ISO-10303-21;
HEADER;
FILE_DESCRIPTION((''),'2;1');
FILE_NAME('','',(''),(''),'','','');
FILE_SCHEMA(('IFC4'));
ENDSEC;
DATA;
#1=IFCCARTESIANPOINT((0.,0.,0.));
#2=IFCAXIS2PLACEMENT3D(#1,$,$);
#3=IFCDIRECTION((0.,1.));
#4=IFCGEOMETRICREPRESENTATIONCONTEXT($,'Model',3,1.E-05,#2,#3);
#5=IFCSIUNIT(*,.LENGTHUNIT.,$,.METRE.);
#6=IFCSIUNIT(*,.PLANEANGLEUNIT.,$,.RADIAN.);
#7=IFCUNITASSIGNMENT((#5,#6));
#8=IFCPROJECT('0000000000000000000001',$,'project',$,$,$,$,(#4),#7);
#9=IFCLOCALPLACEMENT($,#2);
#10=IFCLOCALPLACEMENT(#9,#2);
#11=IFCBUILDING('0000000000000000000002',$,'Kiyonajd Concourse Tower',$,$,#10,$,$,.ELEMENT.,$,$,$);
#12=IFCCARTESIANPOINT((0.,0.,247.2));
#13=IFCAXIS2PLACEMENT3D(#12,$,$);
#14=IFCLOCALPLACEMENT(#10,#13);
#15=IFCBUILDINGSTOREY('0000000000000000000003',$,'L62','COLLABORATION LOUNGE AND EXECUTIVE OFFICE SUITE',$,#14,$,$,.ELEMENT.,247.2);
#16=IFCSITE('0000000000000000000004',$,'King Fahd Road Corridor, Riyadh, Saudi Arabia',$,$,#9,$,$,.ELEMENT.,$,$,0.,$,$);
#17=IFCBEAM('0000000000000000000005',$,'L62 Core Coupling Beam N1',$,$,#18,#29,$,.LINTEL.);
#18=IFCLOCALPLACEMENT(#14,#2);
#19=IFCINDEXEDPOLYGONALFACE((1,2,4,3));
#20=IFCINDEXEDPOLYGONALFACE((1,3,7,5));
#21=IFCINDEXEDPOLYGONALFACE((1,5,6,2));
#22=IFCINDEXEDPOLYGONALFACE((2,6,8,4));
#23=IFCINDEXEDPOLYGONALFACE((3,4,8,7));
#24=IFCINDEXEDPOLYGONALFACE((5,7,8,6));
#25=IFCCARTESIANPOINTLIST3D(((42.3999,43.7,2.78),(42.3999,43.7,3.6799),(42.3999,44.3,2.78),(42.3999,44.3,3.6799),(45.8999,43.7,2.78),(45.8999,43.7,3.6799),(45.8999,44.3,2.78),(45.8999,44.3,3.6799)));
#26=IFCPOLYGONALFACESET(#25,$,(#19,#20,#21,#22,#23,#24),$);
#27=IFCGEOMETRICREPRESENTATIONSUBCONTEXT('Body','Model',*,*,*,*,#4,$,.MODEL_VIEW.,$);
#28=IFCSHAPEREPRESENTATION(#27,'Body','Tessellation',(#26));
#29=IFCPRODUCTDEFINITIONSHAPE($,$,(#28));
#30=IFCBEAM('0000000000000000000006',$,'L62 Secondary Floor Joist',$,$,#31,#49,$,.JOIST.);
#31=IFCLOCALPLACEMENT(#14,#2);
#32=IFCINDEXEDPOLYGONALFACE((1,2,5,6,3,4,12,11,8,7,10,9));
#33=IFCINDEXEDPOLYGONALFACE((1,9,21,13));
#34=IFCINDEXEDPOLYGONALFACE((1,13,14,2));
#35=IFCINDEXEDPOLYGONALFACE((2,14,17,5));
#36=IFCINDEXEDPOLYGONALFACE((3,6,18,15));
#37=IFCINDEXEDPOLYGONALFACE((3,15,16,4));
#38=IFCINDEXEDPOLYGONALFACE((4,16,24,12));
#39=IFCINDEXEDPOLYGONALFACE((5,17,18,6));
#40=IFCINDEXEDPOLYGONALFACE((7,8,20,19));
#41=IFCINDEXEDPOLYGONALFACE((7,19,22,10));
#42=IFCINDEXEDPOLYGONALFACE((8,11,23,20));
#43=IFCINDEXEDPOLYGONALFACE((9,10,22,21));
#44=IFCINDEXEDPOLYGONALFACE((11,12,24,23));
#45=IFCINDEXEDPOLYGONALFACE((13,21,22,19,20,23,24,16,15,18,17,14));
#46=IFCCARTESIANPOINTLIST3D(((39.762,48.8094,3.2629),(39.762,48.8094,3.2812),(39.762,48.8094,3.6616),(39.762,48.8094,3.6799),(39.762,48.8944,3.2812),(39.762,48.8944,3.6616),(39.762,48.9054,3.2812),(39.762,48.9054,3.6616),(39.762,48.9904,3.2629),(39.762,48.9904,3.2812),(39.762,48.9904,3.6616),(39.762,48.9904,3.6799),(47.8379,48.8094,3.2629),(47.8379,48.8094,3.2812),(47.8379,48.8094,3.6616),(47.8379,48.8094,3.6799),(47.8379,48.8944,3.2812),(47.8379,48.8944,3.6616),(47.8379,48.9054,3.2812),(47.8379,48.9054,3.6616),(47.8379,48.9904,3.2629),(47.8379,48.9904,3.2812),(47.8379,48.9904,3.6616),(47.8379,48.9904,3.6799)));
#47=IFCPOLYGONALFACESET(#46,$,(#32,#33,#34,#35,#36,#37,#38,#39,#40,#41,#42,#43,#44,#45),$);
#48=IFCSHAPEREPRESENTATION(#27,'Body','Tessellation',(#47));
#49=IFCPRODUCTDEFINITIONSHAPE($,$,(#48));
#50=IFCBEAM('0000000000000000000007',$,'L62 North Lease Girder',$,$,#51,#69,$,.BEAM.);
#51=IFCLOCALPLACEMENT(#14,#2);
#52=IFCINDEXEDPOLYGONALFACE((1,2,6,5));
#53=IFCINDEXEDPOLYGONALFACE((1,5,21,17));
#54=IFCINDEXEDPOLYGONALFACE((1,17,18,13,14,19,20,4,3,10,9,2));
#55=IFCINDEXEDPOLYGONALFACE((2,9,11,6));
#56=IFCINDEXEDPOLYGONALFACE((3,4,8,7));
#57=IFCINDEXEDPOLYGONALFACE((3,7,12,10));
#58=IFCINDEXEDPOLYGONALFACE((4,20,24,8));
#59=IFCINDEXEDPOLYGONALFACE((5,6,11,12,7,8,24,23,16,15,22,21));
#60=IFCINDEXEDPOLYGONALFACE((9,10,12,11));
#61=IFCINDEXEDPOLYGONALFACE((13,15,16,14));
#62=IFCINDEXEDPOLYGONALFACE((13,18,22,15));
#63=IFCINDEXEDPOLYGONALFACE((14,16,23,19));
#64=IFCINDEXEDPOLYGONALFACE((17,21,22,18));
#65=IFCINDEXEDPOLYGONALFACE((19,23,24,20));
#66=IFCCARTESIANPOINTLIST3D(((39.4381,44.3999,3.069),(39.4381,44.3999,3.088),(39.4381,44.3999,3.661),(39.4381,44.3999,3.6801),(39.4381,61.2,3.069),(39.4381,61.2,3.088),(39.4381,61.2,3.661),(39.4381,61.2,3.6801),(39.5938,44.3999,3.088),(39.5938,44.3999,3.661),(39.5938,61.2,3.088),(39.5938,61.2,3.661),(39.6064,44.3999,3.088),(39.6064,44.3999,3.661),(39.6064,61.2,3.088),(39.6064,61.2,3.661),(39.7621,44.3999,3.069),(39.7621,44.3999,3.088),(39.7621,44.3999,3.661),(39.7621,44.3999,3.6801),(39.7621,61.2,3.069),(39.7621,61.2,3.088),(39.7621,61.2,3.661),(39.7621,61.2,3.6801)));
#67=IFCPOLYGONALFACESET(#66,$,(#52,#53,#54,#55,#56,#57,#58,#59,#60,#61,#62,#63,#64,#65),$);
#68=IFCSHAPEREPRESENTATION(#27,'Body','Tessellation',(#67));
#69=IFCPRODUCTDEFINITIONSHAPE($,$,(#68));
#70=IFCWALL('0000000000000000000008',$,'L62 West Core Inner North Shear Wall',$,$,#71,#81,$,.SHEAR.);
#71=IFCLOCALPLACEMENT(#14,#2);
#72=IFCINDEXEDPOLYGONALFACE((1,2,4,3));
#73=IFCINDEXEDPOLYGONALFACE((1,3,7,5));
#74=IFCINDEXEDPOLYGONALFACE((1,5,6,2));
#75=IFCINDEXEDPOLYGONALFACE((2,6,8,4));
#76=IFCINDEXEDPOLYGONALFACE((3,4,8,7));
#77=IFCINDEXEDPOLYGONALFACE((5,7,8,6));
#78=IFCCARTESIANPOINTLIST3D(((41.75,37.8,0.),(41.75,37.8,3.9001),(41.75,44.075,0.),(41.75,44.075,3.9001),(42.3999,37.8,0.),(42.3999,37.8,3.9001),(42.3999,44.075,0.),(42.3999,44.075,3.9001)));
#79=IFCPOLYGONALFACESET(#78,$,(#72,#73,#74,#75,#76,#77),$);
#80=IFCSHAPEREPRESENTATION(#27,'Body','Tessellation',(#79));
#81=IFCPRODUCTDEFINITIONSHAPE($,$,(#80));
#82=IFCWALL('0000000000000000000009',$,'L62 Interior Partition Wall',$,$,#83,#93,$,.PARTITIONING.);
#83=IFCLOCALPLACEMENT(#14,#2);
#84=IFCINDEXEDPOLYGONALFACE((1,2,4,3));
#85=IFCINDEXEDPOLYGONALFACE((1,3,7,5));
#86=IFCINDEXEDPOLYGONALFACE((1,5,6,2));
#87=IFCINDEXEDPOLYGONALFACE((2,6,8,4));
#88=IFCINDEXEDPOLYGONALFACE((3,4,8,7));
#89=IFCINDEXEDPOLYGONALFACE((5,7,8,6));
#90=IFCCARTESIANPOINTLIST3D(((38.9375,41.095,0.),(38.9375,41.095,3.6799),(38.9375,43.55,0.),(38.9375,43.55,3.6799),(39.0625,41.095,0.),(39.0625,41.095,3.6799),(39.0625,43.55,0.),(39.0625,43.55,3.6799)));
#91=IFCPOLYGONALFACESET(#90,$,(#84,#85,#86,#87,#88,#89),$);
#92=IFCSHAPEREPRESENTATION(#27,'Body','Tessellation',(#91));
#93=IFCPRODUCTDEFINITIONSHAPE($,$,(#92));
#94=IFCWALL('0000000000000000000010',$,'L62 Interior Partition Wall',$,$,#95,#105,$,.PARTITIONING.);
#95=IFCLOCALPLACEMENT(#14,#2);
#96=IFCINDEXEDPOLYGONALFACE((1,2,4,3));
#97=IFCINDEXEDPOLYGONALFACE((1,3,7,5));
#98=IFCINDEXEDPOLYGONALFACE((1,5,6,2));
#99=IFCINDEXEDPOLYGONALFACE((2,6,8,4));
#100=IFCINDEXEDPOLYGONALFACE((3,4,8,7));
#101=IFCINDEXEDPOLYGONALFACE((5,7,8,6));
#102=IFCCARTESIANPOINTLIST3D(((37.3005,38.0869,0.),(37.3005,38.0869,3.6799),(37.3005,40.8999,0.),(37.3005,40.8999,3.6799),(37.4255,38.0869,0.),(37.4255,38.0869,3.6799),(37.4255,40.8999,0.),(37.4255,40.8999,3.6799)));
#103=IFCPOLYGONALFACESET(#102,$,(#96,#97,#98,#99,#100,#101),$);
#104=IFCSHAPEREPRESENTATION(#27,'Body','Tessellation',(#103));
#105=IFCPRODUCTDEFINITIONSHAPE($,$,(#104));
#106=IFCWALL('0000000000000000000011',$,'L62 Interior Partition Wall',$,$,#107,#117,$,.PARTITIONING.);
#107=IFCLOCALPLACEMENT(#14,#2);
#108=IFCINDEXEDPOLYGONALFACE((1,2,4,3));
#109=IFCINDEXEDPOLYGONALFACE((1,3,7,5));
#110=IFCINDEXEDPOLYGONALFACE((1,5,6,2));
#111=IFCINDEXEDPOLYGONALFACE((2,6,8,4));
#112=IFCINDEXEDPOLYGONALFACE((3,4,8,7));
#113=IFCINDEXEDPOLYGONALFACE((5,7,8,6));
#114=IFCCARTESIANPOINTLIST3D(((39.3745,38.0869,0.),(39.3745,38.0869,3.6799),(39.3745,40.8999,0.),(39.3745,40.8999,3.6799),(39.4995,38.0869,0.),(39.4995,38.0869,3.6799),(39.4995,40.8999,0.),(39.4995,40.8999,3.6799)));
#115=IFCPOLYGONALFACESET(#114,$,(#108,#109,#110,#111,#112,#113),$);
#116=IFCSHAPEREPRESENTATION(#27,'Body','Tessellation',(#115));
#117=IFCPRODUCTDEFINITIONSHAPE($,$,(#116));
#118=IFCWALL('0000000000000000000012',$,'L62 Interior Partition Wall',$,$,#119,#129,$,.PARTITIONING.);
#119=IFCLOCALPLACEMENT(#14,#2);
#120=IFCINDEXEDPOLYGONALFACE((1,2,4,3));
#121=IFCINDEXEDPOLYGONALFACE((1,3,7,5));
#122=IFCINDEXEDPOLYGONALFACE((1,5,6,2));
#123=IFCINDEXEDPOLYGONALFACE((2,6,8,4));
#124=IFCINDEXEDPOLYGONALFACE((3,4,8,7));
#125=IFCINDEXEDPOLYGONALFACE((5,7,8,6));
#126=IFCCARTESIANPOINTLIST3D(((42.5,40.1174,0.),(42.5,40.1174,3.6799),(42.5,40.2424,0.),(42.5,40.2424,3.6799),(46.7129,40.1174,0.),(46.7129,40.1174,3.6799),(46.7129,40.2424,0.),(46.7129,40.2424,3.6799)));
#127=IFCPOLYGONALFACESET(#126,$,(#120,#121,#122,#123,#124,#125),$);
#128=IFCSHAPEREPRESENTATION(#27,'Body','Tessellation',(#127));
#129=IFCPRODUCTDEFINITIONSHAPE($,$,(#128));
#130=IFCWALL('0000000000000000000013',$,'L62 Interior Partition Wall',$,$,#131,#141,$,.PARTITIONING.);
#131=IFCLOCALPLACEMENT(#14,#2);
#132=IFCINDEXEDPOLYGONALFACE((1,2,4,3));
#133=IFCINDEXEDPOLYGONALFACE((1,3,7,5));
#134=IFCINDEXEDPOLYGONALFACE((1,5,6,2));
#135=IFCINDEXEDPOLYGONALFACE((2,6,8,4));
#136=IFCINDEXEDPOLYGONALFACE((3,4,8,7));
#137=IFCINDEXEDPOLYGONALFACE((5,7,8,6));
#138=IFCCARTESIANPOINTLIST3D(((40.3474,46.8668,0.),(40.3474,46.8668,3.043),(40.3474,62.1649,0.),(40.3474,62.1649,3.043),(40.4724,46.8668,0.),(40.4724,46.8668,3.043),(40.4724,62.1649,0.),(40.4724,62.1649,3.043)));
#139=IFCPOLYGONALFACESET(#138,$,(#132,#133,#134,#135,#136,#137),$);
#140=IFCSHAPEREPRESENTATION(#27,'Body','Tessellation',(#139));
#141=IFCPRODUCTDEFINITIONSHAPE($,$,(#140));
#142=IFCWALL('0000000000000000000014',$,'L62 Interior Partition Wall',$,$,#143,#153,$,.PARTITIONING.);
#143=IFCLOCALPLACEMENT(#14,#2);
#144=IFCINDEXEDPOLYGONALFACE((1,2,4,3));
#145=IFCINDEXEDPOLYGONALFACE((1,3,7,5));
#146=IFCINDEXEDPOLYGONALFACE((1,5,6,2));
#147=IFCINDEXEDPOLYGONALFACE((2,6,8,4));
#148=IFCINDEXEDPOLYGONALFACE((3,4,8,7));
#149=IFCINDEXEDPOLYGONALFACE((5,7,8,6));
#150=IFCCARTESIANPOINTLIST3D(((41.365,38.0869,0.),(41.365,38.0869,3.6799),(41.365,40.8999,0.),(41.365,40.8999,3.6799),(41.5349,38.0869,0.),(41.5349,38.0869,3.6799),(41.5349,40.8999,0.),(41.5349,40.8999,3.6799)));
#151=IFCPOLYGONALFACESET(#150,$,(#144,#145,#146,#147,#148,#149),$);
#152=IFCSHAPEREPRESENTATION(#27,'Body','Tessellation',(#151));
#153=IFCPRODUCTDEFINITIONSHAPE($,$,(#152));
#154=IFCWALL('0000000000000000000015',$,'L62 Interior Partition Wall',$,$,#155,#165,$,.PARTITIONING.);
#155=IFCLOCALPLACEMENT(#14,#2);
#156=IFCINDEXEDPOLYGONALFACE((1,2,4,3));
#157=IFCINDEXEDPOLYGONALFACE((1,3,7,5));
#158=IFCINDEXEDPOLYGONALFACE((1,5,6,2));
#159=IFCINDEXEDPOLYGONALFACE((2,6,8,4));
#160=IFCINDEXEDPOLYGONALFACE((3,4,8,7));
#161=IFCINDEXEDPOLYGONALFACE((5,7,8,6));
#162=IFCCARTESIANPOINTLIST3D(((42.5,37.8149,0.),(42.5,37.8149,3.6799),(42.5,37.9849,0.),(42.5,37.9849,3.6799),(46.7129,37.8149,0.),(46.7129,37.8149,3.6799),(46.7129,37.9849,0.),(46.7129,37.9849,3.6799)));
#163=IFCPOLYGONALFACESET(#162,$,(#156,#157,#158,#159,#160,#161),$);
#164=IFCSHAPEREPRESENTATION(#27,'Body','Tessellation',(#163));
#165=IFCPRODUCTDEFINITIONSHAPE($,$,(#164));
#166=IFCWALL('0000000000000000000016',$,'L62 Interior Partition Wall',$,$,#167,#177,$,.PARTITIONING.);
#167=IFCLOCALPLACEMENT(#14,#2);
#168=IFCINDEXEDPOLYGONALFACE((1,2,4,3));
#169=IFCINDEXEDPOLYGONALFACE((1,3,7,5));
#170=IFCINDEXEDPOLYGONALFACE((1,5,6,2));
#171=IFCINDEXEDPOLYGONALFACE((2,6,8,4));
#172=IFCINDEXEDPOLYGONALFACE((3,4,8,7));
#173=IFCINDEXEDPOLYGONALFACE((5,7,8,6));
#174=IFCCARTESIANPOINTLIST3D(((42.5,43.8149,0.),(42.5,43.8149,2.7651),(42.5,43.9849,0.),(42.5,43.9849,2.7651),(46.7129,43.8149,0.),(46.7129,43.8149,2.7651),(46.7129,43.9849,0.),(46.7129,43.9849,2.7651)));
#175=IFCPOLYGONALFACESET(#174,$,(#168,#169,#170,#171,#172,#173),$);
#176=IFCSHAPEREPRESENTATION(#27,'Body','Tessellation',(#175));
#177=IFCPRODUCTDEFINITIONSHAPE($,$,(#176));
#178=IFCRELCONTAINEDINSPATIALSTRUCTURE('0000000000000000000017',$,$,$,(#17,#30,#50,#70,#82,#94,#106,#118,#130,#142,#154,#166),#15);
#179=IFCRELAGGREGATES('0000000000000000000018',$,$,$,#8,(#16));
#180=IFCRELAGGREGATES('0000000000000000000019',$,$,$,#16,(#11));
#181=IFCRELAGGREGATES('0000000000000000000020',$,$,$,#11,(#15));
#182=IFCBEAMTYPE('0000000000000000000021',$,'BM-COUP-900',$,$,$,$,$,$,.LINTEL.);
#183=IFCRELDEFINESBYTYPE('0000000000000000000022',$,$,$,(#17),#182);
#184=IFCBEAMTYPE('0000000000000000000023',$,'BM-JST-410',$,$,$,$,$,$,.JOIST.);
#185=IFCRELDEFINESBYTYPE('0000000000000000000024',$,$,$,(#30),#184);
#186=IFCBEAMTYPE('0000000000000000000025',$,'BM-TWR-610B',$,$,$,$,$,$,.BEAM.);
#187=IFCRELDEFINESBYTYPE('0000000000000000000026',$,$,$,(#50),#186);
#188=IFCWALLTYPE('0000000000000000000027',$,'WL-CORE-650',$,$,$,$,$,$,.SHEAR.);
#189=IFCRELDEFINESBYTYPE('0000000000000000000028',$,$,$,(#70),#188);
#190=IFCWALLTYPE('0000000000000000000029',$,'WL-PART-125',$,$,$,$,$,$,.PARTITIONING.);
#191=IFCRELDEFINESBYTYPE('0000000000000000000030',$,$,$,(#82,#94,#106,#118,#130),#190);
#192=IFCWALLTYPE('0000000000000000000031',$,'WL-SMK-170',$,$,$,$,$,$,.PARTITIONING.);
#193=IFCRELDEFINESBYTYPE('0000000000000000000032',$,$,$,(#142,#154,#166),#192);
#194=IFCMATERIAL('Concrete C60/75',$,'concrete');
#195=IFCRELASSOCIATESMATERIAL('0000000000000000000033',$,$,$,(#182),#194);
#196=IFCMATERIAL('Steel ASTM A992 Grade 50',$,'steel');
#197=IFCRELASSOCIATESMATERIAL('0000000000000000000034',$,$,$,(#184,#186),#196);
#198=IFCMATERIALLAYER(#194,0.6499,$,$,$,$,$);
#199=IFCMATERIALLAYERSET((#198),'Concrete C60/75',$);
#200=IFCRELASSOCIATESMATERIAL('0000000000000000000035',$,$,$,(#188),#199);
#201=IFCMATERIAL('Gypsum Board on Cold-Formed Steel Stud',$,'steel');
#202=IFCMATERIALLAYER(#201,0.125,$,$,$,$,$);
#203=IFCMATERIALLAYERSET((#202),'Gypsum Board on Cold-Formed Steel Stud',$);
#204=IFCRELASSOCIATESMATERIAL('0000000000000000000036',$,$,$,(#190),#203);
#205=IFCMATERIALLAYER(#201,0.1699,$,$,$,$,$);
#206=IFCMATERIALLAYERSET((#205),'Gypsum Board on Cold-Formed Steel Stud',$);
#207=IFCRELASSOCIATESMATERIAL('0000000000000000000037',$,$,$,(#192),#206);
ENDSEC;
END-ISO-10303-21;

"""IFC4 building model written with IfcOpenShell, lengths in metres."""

from ifc_helpers import new_model, si_unit, direction, frame, frame_2d, origin, origin_2d, place, context, subcontext, project, spatial, rectangle, i_section, extrude, material, layer, layer_set, material_profile, profile_set, type_object, element, save


model = new_model("IFC4")

# Units and contexts
model_context = context("Model", 3, precision=1e-05, world=origin(), true_north=direction((0.0, 1.0)))
body_context = subcontext(model_context, "Body", "Model", "MODEL_VIEW")
ifc_project = project(units=[si_unit("LENGTHUNIT", "METRE"), si_unit("PLANEANGLEUNIT", "RADIAN")], contexts=[model_context])

# Site, building, storey
site_placement = place(None, origin())
site = spatial("IfcSite", under=ifc_project, at=site_placement, Name="King Fahd Road Corridor, Riyadh, Saudi Arabia", CompositionType="ELEMENT", RefElevation=0.0)
building_placement = place(site_placement, origin())
building = spatial("IfcBuilding", under=site, at=building_placement, Name="Kiyonajd Concourse Tower", CompositionType="ELEMENT")
storey_placement = place(building_placement, frame((0.0, 0.0, 247.2)))
storey = spatial("IfcBuildingStorey", under=building, at=storey_placement, Name="L62", Description="COLLABORATION LOUNGE AND EXECUTIVE OFFICE SUITE", CompositionType="ELEMENT", Elevation=247.2)

# Beams
ifc_material_1 = material(Name="Concrete C60/75", Category="concrete")
ifc_material_profile_1 = material_profile(ifc_material_1, rectangle(XDim=0.6001, YDim=0.8999, at=origin_2d()), Name="RCBM-600x900")
ifc_profile_set_1 = profile_set([ifc_material_profile_1], Name="Concrete C60/75")
beam_type_1 = type_object("IfcBeamType", Name="BM-COUP-900", PredefinedType="LINTEL", material=ifc_profile_set_1)
beam_1_placement = place(storey_placement, frame((42.3999, 44.0, 3.23), z_axis=(1.0, 0.0, 0.0), x_axis=(0.0, 1.0, 0.0)))
element("IfcBeam", 1, at=beam_1_placement, inside=storey, type_object=beam_type_1, Name="L62 Core Coupling Beam N1", PredefinedType="LINTEL", context=body_context, shape_type="SweptSolid", body=[
    extrude(rectangle(XDim=0.6001, YDim=0.8999, at=origin_2d()), origin(), (0.0, 0.0, 1.0), 3.5),
])
ifc_material_2 = material(Name="Steel ASTM A992 Grade 50", Category="steel")
ifc_material_profile_2 = material_profile(ifc_material_2, i_section(OverallWidth=0.1809, OverallDepth=0.417, WebThickness=0.011, FlangeThickness=0.0183, at=origin_2d()), Name="W410X85")
ifc_profile_set_2 = profile_set([ifc_material_profile_2], Name="Steel ASTM A992 Grade 50")
beam_type_2 = type_object("IfcBeamType", Name="BM-JST-410", PredefinedType="JOIST", material=ifc_profile_set_2)
beam_2_placement = place(storey_placement, frame((39.762, 48.8999, 3.4714), z_axis=(1.0, 0.0, 0.0), x_axis=(0.0, 1.0, 0.0)))
element("IfcBeam", 2, at=beam_2_placement, inside=storey, type_object=beam_type_2, Name="L62 Secondary Floor Joist", PredefinedType="JOIST", context=body_context, shape_type="SweptSolid", body=[
    extrude(i_section(OverallWidth=0.1809, OverallDepth=0.417, WebThickness=0.011, FlangeThickness=0.0183, at=origin_2d()), origin(), (0.0, 0.0, 1.0), 8.0759),
])
ifc_material_profile_3 = material_profile(ifc_material_2, i_section(OverallWidth=0.324, OverallDepth=0.6111, WebThickness=0.0127, FlangeThickness=0.019, at=origin_2d()), Name="W610X155")
ifc_profile_set_3 = profile_set([ifc_material_profile_3], Name="Steel ASTM A992 Grade 50")
beam_type_3 = type_object("IfcBeamType", Name="BM-TWR-610B", PredefinedType="BEAM", material=ifc_profile_set_3)
beam_3_placement = place(storey_placement, frame((39.6001, 44.3999, 3.3745), z_axis=(0.0, 1.0, 0.0), x_axis=(-1.0, 0.0, 0.0)))
element("IfcBeam", 3, at=beam_3_placement, inside=storey, type_object=beam_type_3, Name="L62 North Lease Girder", PredefinedType="BEAM", context=body_context, shape_type="SweptSolid", body=[
    extrude(i_section(OverallWidth=0.324, OverallDepth=0.6111, WebThickness=0.0127, FlangeThickness=0.019, at=origin_2d()), origin(), (0.0, 0.0, 1.0), 16.8),
])

# Walls
ifc_layer_1 = layer(ifc_material_1, 0.6499)
ifc_layer_set_1 = layer_set([ifc_layer_1], Name="Concrete C60/75")
wall_type_1 = type_object("IfcWallType", Name="WL-CORE-650", PredefinedType="SHEAR", material=ifc_layer_set_1)
wall_1_placement = place(storey_placement, frame((42.075, 37.8, 0.0), z_axis=(0.0, 0.0, 1.0), x_axis=(0.0, 1.0, 0.0)))
element("IfcWall", 4, at=wall_1_placement, inside=storey, type_object=wall_type_1, Name="L62 West Core Inner North Shear Wall", PredefinedType="SHEAR", context=body_context, shape_type="SweptSolid", body=[
    extrude(rectangle(XDim=6.2749, YDim=0.6499, at=frame_2d((3.1375, 0.0))), origin(), (0.0, 0.0, 1.0), 3.9001),
])
ifc_material_3 = material(Name="Gypsum Board on Cold-Formed Steel Stud", Category="steel")
ifc_layer_2 = layer(ifc_material_3, 0.125)
ifc_layer_set_2 = layer_set([ifc_layer_2], Name="Gypsum Board on Cold-Formed Steel Stud")
wall_type_2 = type_object("IfcWallType", Name="WL-PART-125", PredefinedType="PARTITIONING", material=ifc_layer_set_2)
wall_2_placement = place(storey_placement, frame((39.0, 41.095, 0.0), z_axis=(0.0, 0.0, 1.0), x_axis=(0.0, 1.0, 0.0)))
element("IfcWall", 5, at=wall_2_placement, inside=storey, type_object=wall_type_2, Name="L62 Interior Partition Wall", PredefinedType="PARTITIONING", context=body_context, shape_type="SweptSolid", body=[
    extrude(rectangle(XDim=2.4551, YDim=0.125, at=frame_2d((1.2275, 0.0))), origin(), (0.0, 0.0, 1.0), 3.6799),
])
for number, where, z_axis, x_axis, name in (
    (6, (37.363, 38.0869, 0.0), (0.0, 0.0, 1.0), (0.0, 1.0, 0.0), "L62 Interior Partition Wall"),
    (7, (39.437, 38.0869, 0.0), (0.0, 0.0, 1.0), (0.0, 1.0, 0.0), "L62 Interior Partition Wall"),
):
    element("IfcWall", number, at=place(storey_placement, frame(where, z_axis=z_axis, x_axis=x_axis)), inside=storey, type_object=wall_type_2, Name=name, PredefinedType="PARTITIONING", context=body_context, shape_type="SweptSolid", body=[
        extrude(rectangle(XDim=2.813, YDim=0.125, at=frame_2d((1.4065, 0.0))), origin(), (0.0, 0.0, 1.0), 3.6799),
    ])
wall_3_placement = place(storey_placement, frame((42.5, 40.1799, 0.0), z_axis=(0.0, 0.0, 1.0), x_axis=(1.0, 0.0, 0.0)))
element("IfcWall", 8, at=wall_3_placement, inside=storey, type_object=wall_type_2, Name="L62 Interior Partition Wall", PredefinedType="PARTITIONING", context=body_context, shape_type="SweptSolid", body=[
    extrude(rectangle(XDim=4.2129, YDim=0.125, at=frame_2d((2.1064, 0.0))), origin(), (0.0, 0.0, 1.0), 3.6799),
])
wall_4_placement = place(storey_placement, frame((40.4099, 46.8669, 0.0), z_axis=(0.0, 0.0, 1.0), x_axis=(0.0, 1.0, 0.0)))
element("IfcWall", 9, at=wall_4_placement, inside=storey, type_object=wall_type_2, Name="L62 Interior Partition Wall", PredefinedType="PARTITIONING", context=body_context, shape_type="SweptSolid", body=[
    extrude(rectangle(XDim=15.2981, YDim=0.125, at=frame_2d((7.6489, 0.0))), origin(), (0.0, 0.0, 1.0), 3.043),
])
ifc_layer_3 = layer(ifc_material_3, 0.1699)
ifc_layer_set_3 = layer_set([ifc_layer_3], Name="Gypsum Board on Cold-Formed Steel Stud")
wall_type_3 = type_object("IfcWallType", Name="WL-SMK-170", PredefinedType="PARTITIONING", material=ifc_layer_set_3)
wall_5_placement = place(storey_placement, frame((41.45, 38.0869, 0.0), z_axis=(0.0, 0.0, 1.0), x_axis=(0.0, 1.0, 0.0)))
element("IfcWall", 10, at=wall_5_placement, inside=storey, type_object=wall_type_3, Name="L62 Interior Partition Wall", PredefinedType="PARTITIONING", context=body_context, shape_type="SweptSolid", body=[
    extrude(rectangle(XDim=2.813, YDim=0.1699, at=frame_2d((1.4065, 0.0))), origin(), (0.0, 0.0, 1.0), 3.6799),
])
wall_6_placement = place(storey_placement, frame((42.5, 37.8999, 0.0), z_axis=(0.0, 0.0, 1.0), x_axis=(1.0, 0.0, 0.0)))
element("IfcWall", 11, at=wall_6_placement, inside=storey, type_object=wall_type_3, Name="L62 Interior Partition Wall", PredefinedType="PARTITIONING", context=body_context, shape_type="SweptSolid", body=[
    extrude(rectangle(XDim=4.2129, YDim=0.1699, at=frame_2d((2.1064, 0.0))), origin(), (0.0, 0.0, 1.0), 3.6799),
])
wall_7_placement = place(storey_placement, frame((42.5, 43.8999, 0.0), z_axis=(0.0, 0.0, 1.0), x_axis=(1.0, 0.0, 0.0)))
element("IfcWall", 12, at=wall_7_placement, inside=storey, type_object=wall_type_3, Name="L62 Interior Partition Wall", PredefinedType="PARTITIONING", context=body_context, shape_type="SweptSolid", body=[
    extrude(rectangle(XDim=4.2129, YDim=0.1699, at=frame_2d((2.1064, 0.0))), origin(), (0.0, 0.0, 1.0), 2.7651),
])

save(model, "model.ifc")
